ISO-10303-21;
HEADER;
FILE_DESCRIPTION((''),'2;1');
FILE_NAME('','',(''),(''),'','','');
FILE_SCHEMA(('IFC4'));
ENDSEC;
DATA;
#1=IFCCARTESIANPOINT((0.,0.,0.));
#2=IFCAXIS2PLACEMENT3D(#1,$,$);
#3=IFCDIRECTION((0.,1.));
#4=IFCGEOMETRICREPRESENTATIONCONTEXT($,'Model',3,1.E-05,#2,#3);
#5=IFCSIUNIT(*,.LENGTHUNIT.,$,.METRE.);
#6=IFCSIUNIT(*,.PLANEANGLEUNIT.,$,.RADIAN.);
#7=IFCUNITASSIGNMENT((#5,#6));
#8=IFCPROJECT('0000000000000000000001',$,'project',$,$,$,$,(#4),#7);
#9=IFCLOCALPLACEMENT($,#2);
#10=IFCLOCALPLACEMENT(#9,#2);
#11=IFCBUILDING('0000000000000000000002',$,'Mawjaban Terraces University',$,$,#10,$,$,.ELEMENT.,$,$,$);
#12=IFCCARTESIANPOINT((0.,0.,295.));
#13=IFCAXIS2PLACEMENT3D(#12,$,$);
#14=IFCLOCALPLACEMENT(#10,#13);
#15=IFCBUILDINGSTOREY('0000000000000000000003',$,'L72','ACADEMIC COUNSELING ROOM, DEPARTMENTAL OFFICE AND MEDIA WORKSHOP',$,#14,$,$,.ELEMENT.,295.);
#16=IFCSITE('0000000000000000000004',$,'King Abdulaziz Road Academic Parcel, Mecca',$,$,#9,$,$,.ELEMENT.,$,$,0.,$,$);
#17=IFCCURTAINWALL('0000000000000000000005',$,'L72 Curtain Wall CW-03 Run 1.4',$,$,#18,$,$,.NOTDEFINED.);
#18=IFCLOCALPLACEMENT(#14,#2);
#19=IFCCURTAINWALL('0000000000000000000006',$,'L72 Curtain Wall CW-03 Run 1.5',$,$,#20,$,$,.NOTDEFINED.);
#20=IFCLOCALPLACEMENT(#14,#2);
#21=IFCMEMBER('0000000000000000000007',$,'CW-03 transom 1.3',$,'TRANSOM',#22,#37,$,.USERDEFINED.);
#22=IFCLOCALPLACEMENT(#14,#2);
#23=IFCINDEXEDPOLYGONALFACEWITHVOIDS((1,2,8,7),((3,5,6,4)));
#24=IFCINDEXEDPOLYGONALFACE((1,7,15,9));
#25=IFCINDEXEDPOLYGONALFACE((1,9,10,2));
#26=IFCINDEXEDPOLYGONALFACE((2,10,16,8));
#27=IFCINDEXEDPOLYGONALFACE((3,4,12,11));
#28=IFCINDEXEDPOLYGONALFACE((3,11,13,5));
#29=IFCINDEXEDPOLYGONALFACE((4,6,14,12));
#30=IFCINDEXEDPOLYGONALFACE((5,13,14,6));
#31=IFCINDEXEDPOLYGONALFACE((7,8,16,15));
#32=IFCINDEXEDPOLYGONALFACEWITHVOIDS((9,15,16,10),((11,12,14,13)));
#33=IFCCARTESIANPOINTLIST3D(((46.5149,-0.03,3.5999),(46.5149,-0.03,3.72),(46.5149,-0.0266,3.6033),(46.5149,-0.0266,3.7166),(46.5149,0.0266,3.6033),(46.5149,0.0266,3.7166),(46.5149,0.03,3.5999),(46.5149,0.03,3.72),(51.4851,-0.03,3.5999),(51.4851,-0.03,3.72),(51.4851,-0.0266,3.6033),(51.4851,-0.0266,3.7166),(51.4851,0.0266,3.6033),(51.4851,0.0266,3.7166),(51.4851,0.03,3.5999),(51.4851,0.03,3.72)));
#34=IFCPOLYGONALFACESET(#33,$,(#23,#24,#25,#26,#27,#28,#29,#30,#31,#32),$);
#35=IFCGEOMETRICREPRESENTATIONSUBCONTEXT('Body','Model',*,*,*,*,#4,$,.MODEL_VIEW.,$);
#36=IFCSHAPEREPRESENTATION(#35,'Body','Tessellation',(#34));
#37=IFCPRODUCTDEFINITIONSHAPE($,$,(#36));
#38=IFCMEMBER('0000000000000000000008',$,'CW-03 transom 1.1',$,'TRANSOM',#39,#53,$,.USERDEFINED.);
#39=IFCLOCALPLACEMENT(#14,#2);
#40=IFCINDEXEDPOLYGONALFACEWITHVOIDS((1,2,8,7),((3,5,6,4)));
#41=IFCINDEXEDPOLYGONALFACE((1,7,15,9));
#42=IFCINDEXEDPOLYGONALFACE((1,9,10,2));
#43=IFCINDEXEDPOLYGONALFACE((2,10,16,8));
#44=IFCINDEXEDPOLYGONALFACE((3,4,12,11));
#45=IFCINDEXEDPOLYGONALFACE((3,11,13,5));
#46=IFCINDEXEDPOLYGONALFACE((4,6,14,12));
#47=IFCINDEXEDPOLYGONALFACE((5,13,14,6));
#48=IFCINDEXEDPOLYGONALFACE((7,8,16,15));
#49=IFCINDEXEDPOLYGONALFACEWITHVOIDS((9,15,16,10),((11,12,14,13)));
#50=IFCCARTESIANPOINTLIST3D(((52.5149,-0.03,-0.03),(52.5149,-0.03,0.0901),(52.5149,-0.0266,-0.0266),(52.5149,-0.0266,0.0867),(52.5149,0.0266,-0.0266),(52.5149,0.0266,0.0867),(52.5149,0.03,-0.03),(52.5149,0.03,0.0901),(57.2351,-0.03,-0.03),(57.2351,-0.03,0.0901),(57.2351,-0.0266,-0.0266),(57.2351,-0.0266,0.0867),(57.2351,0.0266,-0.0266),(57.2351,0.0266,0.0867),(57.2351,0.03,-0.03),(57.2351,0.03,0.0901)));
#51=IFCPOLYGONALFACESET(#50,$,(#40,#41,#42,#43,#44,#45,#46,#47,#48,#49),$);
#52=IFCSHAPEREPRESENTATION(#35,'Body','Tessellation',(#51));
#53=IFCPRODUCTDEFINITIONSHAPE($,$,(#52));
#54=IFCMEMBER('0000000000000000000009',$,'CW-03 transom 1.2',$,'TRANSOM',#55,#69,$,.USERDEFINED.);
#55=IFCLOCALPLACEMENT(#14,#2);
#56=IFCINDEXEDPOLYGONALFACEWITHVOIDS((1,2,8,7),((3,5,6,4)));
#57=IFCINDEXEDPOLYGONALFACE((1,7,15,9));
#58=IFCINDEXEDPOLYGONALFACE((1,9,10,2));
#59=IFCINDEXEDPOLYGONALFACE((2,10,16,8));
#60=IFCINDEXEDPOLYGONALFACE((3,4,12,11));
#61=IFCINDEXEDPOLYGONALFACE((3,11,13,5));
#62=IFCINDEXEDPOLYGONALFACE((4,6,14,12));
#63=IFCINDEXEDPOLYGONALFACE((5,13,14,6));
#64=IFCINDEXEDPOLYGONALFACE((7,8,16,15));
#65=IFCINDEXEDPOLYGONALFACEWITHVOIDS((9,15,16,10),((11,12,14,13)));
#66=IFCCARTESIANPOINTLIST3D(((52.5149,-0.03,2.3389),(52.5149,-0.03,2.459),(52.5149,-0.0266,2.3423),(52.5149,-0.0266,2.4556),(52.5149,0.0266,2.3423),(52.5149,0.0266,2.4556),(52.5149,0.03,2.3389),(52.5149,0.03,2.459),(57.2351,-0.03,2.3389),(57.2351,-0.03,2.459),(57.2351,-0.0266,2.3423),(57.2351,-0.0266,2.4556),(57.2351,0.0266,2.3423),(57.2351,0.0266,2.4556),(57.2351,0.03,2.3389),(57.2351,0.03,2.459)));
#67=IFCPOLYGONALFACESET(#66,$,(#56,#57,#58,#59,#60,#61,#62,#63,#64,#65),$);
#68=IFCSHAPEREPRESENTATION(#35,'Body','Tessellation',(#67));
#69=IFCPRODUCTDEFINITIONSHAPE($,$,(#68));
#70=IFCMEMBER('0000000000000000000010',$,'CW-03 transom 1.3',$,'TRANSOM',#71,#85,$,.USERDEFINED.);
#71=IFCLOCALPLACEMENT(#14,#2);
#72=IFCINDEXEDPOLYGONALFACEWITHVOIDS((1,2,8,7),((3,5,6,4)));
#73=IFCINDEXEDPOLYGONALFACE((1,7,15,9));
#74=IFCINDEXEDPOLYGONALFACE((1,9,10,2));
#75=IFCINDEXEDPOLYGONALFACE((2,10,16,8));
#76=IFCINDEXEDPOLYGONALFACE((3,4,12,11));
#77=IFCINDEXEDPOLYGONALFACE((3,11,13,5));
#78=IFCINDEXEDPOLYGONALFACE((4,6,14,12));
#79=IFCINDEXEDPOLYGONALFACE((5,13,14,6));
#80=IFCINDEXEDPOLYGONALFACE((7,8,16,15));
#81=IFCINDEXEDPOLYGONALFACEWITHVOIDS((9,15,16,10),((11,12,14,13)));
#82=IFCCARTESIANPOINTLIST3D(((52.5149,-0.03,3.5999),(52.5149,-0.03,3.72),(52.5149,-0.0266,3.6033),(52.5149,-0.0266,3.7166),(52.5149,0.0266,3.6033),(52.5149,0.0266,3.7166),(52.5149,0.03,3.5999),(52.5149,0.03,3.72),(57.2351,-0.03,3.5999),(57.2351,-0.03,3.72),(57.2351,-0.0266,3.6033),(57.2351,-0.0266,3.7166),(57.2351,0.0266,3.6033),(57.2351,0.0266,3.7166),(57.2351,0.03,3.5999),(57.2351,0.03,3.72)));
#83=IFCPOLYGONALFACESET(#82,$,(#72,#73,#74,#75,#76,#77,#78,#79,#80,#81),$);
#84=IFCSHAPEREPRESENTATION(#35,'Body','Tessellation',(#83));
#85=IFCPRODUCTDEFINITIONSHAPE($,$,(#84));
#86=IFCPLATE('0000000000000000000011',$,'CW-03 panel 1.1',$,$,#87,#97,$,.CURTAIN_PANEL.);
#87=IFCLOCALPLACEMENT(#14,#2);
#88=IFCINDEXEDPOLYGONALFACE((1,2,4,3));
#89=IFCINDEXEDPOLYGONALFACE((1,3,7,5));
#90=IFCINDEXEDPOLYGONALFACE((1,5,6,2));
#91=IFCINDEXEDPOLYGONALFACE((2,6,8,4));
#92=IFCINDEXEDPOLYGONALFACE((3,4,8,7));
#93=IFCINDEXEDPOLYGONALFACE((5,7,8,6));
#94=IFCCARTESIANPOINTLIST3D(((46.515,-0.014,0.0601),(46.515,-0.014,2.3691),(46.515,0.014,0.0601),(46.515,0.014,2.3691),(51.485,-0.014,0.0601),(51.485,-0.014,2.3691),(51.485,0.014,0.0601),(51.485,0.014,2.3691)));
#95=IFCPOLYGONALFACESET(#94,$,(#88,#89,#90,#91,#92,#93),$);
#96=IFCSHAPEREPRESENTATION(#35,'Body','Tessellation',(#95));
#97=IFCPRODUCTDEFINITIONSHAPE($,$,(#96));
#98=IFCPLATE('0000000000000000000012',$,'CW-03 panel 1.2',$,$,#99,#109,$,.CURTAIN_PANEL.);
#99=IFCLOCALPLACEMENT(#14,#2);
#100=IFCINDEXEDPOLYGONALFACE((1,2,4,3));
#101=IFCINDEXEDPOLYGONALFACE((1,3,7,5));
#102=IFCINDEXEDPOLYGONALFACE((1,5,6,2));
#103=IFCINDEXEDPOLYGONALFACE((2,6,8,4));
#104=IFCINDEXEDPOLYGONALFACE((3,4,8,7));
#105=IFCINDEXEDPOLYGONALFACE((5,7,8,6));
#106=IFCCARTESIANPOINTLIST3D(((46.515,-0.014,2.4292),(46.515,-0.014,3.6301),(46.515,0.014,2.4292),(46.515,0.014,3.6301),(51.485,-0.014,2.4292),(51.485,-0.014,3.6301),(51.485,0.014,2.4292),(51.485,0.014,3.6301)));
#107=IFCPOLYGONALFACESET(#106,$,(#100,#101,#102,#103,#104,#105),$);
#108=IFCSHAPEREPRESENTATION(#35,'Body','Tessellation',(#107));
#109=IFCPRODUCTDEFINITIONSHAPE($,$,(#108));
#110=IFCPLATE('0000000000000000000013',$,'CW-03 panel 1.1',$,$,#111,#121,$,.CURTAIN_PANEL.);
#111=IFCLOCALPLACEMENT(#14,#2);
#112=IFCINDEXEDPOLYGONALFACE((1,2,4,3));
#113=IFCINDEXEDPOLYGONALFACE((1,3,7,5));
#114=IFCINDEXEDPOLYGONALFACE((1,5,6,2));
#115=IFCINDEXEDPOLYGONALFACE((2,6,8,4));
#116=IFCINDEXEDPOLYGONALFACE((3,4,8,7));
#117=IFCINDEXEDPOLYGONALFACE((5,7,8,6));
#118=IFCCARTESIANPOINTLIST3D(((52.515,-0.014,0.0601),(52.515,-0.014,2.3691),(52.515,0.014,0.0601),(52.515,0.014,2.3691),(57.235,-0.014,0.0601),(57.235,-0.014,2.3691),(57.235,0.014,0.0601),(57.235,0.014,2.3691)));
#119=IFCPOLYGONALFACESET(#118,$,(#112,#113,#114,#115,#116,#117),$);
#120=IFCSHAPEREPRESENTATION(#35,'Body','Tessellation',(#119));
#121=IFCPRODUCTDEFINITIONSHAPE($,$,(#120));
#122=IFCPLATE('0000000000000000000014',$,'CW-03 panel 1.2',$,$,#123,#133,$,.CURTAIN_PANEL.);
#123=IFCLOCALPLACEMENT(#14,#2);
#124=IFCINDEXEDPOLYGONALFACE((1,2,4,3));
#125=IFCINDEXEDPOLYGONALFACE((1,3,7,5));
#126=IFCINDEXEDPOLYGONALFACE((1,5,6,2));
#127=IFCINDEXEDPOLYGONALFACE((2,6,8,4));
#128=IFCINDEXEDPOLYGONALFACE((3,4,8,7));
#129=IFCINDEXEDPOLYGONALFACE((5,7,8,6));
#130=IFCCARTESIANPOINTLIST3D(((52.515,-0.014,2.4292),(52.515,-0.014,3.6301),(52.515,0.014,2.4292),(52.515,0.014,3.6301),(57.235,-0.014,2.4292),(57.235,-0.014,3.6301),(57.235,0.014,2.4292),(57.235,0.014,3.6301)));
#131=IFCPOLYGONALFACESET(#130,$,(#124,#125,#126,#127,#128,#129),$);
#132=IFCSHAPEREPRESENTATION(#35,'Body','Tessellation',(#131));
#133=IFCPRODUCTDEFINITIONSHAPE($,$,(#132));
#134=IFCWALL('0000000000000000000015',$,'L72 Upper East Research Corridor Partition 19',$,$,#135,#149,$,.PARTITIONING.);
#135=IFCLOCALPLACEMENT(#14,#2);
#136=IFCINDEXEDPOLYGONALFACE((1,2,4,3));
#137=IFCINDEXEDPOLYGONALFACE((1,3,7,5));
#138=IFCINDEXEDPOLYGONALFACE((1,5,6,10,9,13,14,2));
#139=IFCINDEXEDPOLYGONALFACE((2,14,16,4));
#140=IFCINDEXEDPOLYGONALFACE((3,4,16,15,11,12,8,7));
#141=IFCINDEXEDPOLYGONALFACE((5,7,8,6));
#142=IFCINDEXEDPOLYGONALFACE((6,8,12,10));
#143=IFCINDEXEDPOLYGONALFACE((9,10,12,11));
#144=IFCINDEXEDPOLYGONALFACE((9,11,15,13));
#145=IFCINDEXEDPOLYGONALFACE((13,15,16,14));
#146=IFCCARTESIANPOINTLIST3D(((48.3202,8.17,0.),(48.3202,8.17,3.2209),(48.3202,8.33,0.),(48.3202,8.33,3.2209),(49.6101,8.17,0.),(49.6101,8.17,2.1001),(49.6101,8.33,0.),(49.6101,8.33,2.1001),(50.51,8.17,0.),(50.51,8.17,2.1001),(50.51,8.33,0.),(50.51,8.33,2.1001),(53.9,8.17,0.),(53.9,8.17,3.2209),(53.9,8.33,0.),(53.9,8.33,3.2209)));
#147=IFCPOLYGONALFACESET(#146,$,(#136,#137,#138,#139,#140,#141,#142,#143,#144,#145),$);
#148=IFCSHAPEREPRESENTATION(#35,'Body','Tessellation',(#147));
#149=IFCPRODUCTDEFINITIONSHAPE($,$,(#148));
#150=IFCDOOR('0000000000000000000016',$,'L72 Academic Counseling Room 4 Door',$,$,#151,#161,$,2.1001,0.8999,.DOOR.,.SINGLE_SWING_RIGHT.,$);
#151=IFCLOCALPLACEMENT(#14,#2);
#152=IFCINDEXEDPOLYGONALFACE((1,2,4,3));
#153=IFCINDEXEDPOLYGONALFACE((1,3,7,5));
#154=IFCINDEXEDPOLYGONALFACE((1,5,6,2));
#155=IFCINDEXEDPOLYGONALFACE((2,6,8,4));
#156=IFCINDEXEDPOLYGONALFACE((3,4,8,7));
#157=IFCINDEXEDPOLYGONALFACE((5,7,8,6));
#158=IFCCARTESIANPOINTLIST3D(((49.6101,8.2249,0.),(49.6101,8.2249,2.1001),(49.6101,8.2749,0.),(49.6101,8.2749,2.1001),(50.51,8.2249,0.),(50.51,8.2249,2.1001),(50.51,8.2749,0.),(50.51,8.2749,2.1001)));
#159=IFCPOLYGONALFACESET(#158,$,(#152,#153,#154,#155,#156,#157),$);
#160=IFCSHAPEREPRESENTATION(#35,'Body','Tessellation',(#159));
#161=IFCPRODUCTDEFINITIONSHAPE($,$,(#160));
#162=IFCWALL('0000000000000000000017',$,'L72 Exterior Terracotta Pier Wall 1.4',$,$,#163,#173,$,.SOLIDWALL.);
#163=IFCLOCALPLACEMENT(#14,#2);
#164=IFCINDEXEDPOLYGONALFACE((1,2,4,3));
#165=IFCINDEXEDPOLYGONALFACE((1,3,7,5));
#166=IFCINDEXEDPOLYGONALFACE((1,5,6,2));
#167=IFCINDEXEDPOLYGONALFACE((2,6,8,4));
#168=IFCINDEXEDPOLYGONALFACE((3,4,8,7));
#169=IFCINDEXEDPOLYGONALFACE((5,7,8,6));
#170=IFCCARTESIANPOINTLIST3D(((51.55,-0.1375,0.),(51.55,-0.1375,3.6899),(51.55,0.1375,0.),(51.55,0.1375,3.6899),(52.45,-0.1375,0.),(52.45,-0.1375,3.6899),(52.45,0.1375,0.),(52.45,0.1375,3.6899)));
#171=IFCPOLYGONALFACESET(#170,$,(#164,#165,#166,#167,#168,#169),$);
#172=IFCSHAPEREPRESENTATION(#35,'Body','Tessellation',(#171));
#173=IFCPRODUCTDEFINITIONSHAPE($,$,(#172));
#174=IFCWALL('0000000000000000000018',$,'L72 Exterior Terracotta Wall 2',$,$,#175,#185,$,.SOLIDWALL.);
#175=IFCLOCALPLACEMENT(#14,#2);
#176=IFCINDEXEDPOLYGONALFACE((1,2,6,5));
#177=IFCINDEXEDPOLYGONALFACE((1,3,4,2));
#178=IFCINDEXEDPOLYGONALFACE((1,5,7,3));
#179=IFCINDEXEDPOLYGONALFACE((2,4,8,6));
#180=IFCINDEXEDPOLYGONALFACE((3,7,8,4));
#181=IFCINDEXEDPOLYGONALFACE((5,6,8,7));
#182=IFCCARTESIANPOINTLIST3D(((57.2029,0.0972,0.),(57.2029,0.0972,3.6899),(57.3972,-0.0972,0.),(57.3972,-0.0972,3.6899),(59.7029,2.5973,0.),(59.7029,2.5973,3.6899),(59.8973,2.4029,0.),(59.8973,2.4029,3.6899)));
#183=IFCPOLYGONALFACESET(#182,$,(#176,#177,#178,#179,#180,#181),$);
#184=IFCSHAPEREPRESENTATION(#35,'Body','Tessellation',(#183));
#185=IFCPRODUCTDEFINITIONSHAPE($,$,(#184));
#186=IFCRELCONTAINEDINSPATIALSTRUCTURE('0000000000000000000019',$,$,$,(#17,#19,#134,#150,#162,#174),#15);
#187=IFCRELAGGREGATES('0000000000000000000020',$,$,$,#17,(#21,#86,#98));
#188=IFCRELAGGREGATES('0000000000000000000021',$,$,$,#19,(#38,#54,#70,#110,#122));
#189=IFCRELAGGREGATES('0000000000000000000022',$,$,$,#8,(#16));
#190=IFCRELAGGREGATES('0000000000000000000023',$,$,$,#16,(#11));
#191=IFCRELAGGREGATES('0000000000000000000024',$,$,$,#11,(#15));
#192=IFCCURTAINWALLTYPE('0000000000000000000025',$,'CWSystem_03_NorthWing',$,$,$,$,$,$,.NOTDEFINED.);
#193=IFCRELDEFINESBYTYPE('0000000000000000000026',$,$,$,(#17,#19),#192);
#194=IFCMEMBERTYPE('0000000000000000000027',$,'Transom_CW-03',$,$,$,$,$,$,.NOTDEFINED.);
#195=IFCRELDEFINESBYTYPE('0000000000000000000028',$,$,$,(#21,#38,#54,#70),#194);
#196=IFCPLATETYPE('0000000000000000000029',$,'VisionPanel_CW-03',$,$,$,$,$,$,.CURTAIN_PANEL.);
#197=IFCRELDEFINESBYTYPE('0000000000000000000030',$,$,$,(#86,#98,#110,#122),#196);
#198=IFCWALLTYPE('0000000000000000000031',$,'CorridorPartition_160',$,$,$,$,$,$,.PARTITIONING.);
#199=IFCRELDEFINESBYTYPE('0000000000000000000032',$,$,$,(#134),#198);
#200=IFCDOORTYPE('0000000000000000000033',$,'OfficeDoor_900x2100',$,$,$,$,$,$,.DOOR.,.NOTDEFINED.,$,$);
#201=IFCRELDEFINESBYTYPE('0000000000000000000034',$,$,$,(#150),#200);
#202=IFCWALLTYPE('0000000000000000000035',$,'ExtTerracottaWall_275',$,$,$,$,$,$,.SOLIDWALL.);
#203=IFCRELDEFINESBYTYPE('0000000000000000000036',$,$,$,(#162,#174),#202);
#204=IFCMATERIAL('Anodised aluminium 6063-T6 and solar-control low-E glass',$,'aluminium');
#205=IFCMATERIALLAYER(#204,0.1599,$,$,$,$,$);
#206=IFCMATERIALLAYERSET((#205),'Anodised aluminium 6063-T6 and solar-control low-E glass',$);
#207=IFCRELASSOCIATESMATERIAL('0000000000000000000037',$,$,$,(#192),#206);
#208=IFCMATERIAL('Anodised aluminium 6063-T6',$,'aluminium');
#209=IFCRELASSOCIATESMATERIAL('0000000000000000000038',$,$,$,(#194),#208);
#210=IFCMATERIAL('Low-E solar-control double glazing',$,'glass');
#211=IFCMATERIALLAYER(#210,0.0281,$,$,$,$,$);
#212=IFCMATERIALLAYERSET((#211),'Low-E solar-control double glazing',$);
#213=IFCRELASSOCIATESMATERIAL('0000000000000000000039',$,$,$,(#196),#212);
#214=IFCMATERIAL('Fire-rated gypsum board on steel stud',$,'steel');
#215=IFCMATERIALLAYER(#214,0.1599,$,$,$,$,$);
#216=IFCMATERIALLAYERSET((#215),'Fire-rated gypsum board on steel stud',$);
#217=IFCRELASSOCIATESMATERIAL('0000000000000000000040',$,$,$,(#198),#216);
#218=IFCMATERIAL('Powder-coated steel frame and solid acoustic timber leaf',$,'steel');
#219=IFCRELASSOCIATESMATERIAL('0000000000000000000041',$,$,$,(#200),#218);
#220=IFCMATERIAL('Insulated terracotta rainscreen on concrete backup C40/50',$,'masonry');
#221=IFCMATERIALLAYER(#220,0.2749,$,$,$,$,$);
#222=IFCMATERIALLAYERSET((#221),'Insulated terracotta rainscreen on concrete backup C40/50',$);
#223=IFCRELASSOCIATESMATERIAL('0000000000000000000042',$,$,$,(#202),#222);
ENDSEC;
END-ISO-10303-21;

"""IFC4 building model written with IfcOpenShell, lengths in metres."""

from ifc_helpers import new_model, si_unit, direction, frame, frame_2d, origin, origin_2d, place, context, subcontext, project, spatial, rectangle, hollow_rectangle, extrude, material, layer, layer_set, material_profile, profile_set, type_object, element, fill, aggregate, save


model = new_model("IFC4")

# Units and contexts
model_context = context("Model", 3, precision=1e-05, world=origin(), true_north=direction((0.0, 1.0)))
body_context = subcontext(model_context, "Body", "Model", "MODEL_VIEW")
ifc_project = project(units=[si_unit("LENGTHUNIT", "METRE"), si_unit("PLANEANGLEUNIT", "RADIAN")], contexts=[model_context])

# Site, building, storey
site_placement = place(None, origin())
site = spatial("IfcSite", under=ifc_project, at=site_placement, Name="King Abdulaziz Road Academic Parcel, Mecca", CompositionType="ELEMENT", RefElevation=0.0)
building_placement = place(site_placement, origin())
building = spatial("IfcBuilding", under=site, at=building_placement, Name="Mawjaban Terraces University", CompositionType="ELEMENT")
storey_placement = place(building_placement, frame((0.0, 0.0, 295.0)))
storey = spatial("IfcBuildingStorey", under=building, at=storey_placement, Name="L72", Description="ACADEMIC COUNSELING ROOM, DEPARTMENTAL OFFICE AND MEDIA WORKSHOP", CompositionType="ELEMENT", Elevation=295.0)

# Curtain walls
ifc_material_1 = material(Name="Anodised aluminium 6063-T6 and solar-control low-E glass", Category="aluminium")
ifc_layer_1 = layer(ifc_material_1, 0.1599)
ifc_layer_set_1 = layer_set([ifc_layer_1], Name="Anodised aluminium 6063-T6 and solar-control low-E glass")
curtain_wall_type = type_object("IfcCurtainWallType", Name="CWSystem_03_NorthWing", PredefinedType="NOTDEFINED", material=ifc_layer_set_1)
curtain_wall_1_placement = place(storey_placement, origin())
curtain_wall_1 = element("IfcCurtainWall", 1, at=curtain_wall_1_placement, inside=storey, type_object=curtain_wall_type, Name="L72 Curtain Wall CW-03 Run 1.4", PredefinedType="NOTDEFINED")
ifc_material_2 = material(Name="Anodised aluminium 6063-T6", Category="aluminium")
curtain_wall_2_placement = place(storey_placement, origin())
curtain_wall_2 = element("IfcCurtainWall", 2, at=curtain_wall_2_placement, inside=storey, type_object=curtain_wall_type, Name="L72 Curtain Wall CW-03 Run 1.5", PredefinedType="NOTDEFINED")

# Members
ifc_material_profile_1 = material_profile(ifc_material_2, hollow_rectangle(XDim=0.0601, YDim=0.1201, WallThickness=0.0034, at=origin_2d()), Name="ALU120X60X3.5")
ifc_profile_set_1 = profile_set([ifc_material_profile_1], Name="Anodised aluminium 6063-T6")
member_type_1 = type_object("IfcMemberType", Name="Transom_CW-03", PredefinedType="NOTDEFINED", material=ifc_profile_set_1)
member_1_placement = place(storey_placement, frame((46.5149, 0.0, 3.6599), z_axis=(1.0, 0.0, 0.0), x_axis=(0.0, 1.0, 0.0)))
member_1 = element("IfcMember", 3, at=member_1_placement, type_object=member_type_1, Name="CW-03 transom 1.3", ObjectType="TRANSOM", PredefinedType="USERDEFINED", context=body_context, shape_type="SweptSolid", body=[
    extrude(hollow_rectangle(XDim=0.0601, YDim=0.1201, WallThickness=0.0034, at=origin_2d()), origin(), (0.0, 0.0, 1.0), 4.9702),
])
member_2_placement = place(storey_placement, frame((52.5149, 0.0, 0.03), z_axis=(1.0, 0.0, 0.0), x_axis=(0.0, 1.0, 0.0)))
member_2 = element("IfcMember", 4, at=member_2_placement, type_object=member_type_1, Name="CW-03 transom 1.1", ObjectType="TRANSOM", PredefinedType="USERDEFINED", context=body_context, shape_type="SweptSolid", body=[
    extrude(hollow_rectangle(XDim=0.0601, YDim=0.1201, WallThickness=0.0034, at=origin_2d()), origin(), (0.0, 0.0, 1.0), 4.7202),
])
member_3_placement = place(storey_placement, frame((52.5149, 0.0, 2.3989), z_axis=(1.0, 0.0, 0.0), x_axis=(0.0, 1.0, 0.0)))
member_3 = element("IfcMember", 5, at=member_3_placement, type_object=member_type_1, Name="CW-03 transom 1.2", ObjectType="TRANSOM", PredefinedType="USERDEFINED", context=body_context, shape_type="SweptSolid", body=[
    extrude(hollow_rectangle(XDim=0.0601, YDim=0.1201, WallThickness=0.0034, at=origin_2d()), origin(), (0.0, 0.0, 1.0), 4.7202),
])
member_4_placement = place(storey_placement, frame((52.5149, 0.0, 3.6599), z_axis=(1.0, 0.0, 0.0), x_axis=(0.0, 1.0, 0.0)))
member_4 = element("IfcMember", 6, at=member_4_placement, type_object=member_type_1, Name="CW-03 transom 1.3", ObjectType="TRANSOM", PredefinedType="USERDEFINED", context=body_context, shape_type="SweptSolid", body=[
    extrude(hollow_rectangle(XDim=0.0601, YDim=0.1201, WallThickness=0.0034, at=origin_2d()), origin(), (0.0, 0.0, 1.0), 4.7202),
])

# Plates
ifc_material_3 = material(Name="Low-E solar-control double glazing", Category="glass")
ifc_layer_2 = layer(ifc_material_3, 0.0281)
ifc_layer_set_2 = layer_set([ifc_layer_2], Name="Low-E solar-control double glazing")
plate_type = type_object("IfcPlateType", Name="VisionPanel_CW-03", PredefinedType="CURTAIN_PANEL", material=ifc_layer_set_2)
plate_1_placement = place(storey_placement, frame((49.0, 0.0, 0.0601), z_axis=(0.0, 0.0, 1.0), x_axis=(1.0, 0.0, 0.0)))
plate_1 = element("IfcPlate", 7, at=plate_1_placement, type_object=plate_type, Name="CW-03 panel 1.1", PredefinedType="CURTAIN_PANEL", context=body_context, shape_type="SweptSolid", body=[
    extrude(rectangle(XDim=4.97, YDim=0.0281, at=origin_2d()), origin(), (0.0, 0.0, 1.0), 2.3091),
])
plate_2_placement = place(storey_placement, frame((49.0, 0.0, 2.4292), z_axis=(0.0, 0.0, 1.0), x_axis=(1.0, 0.0, 0.0)))
plate_2 = element("IfcPlate", 8, at=plate_2_placement, type_object=plate_type, Name="CW-03 panel 1.2", PredefinedType="CURTAIN_PANEL", context=body_context, shape_type="SweptSolid", body=[
    extrude(rectangle(XDim=4.97, YDim=0.0281, at=origin_2d()), origin(), (0.0, 0.0, 1.0), 1.2009),
])
aggregate(curtain_wall_1, [member_1, plate_1, plate_2])
plate_3_placement = place(storey_placement, frame((54.875, 0.0, 0.0601), z_axis=(0.0, 0.0, 1.0), x_axis=(1.0, 0.0, 0.0)))
plate_3 = element("IfcPlate", 9, at=plate_3_placement, type_object=plate_type, Name="CW-03 panel 1.1", PredefinedType="CURTAIN_PANEL", context=body_context, shape_type="SweptSolid", body=[
    extrude(rectangle(XDim=4.72, YDim=0.0281, at=origin_2d()), origin(), (0.0, 0.0, 1.0), 2.3091),
])
plate_4_placement = place(storey_placement, frame((54.875, 0.0, 2.4292), z_axis=(0.0, 0.0, 1.0), x_axis=(1.0, 0.0, 0.0)))
plate_4 = element("IfcPlate", 10, at=plate_4_placement, type_object=plate_type, Name="CW-03 panel 1.2", PredefinedType="CURTAIN_PANEL", context=body_context, shape_type="SweptSolid", body=[
    extrude(rectangle(XDim=4.72, YDim=0.0281, at=origin_2d()), origin(), (0.0, 0.0, 1.0), 1.2009),
])
aggregate(curtain_wall_2, [member_2, member_3, member_4, plate_3, plate_4])

# Wall, opening, door
ifc_material_4 = material(Name="Fire-rated gypsum board on steel stud", Category="steel")
ifc_layer_3 = layer(ifc_material_4, 0.1599)
ifc_layer_set_3 = layer_set([ifc_layer_3], Name="Fire-rated gypsum board on steel stud")
wall_type_1 = type_object("IfcWallType", Name="CorridorPartition_160", PredefinedType="PARTITIONING", material=ifc_layer_set_3)
wall_1_placement = place(storey_placement, frame((48.3201, 8.25, 0.0), z_axis=(0.0, 0.0, 1.0), x_axis=(1.0, 0.0, 0.0)))
wall_1 = element("IfcWall", 11, at=wall_1_placement, inside=storey, type_object=wall_type_1, Name="L72 Upper East Research Corridor Partition 19", PredefinedType="PARTITIONING", context=body_context, shape_type="SweptSolid", body=[
    extrude(rectangle(XDim=5.5798, YDim=0.1599, at=frame_2d((2.79, 0.0))), origin(), (0.0, 0.0, 1.0), 3.2209),
])
opening_1_placement = place(wall_1_placement, frame((1.29, 0.0, 0.0)))
opening_1 = element("IfcOpeningElement", 12, at=opening_1_placement, cuts=wall_1, PredefinedType="OPENING", context=body_context, shape_type="SweptSolid", body=[
    extrude(rectangle(XDim=0.8999, YDim=2.1001, at=frame_2d((0.45, 1.05))), frame((0.0, 0.0898, 0.0), z_axis=(0.0, -1.0, 0.0), x_axis=(1.0, 0.0, 0.0)), (0.0, 0.0, 1.0), 0.1799),
])
ifc_material_5 = material(Name="Powder-coated steel frame and solid acoustic timber leaf", Category="steel")
door_type = type_object("IfcDoorType", Name="OfficeDoor_900x2100", OperationType="NOTDEFINED", PredefinedType="DOOR", material=ifc_material_5)
door_placement = place(opening_1_placement, origin())
door = element("IfcDoor", 13, at=door_placement, inside=storey, type_object=door_type, Name="L72 Academic Counseling Room 4 Door", OperationType="SINGLE_SWING_RIGHT", OverallHeight=2.1001, OverallWidth=0.8999, PredefinedType="DOOR", context=body_context, shape_type="SweptSolid", body=[
    extrude(rectangle(XDim=0.8999, YDim=2.1001, at=frame_2d((0.45, 1.05))), frame((0.0, 0.0249, 0.0), z_axis=(0.0, -1.0, 0.0), x_axis=(1.0, 0.0, 0.0)), (0.0, 0.0, 1.0), 0.05),
])
fill(opening_1, door)

# Walls
ifc_material_6 = material(Name="Insulated terracotta rainscreen on concrete backup C40/50", Category="masonry")
ifc_layer_4 = layer(ifc_material_6, 0.2749)
ifc_layer_set_4 = layer_set([ifc_layer_4], Name="Insulated terracotta rainscreen on concrete backup C40/50")
wall_type_2 = type_object("IfcWallType", Name="ExtTerracottaWall_275", PredefinedType="SOLIDWALL", material=ifc_layer_set_4)
wall_2_placement = place(storey_placement, frame((51.55, 0.0, 0.0), z_axis=(0.0, 0.0, 1.0), x_axis=(1.0, 0.0, 0.0)))
element("IfcWall", 14, at=wall_2_placement, inside=storey, type_object=wall_type_2, Name="L72 Exterior Terracotta Pier Wall 1.4", PredefinedType="SOLIDWALL", context=body_context, shape_type="SweptSolid", body=[
    extrude(rectangle(XDim=0.8999, YDim=0.2749, at=frame_2d((0.45, 0.0))), origin(), (0.0, 0.0, 1.0), 3.6899),
])
wall_3_placement = place(storey_placement, frame((57.3, 0.0, 0.0), z_axis=(0.0, 0.0, 1.0), x_axis=(0.707107, 0.707107, 0.0)))
element("IfcWall", 15, at=wall_3_placement, inside=storey, type_object=wall_type_2, Name="L72 Exterior Terracotta Wall 2", PredefinedType="SOLIDWALL", context=body_context, shape_type="SweptSolid", body=[
    extrude(rectangle(XDim=3.5356, YDim=0.2749, at=frame_2d((1.7678, 0.0))), origin(), (0.0, 0.0, 1.0), 3.6899),
])

save(model, "model.ifc")
